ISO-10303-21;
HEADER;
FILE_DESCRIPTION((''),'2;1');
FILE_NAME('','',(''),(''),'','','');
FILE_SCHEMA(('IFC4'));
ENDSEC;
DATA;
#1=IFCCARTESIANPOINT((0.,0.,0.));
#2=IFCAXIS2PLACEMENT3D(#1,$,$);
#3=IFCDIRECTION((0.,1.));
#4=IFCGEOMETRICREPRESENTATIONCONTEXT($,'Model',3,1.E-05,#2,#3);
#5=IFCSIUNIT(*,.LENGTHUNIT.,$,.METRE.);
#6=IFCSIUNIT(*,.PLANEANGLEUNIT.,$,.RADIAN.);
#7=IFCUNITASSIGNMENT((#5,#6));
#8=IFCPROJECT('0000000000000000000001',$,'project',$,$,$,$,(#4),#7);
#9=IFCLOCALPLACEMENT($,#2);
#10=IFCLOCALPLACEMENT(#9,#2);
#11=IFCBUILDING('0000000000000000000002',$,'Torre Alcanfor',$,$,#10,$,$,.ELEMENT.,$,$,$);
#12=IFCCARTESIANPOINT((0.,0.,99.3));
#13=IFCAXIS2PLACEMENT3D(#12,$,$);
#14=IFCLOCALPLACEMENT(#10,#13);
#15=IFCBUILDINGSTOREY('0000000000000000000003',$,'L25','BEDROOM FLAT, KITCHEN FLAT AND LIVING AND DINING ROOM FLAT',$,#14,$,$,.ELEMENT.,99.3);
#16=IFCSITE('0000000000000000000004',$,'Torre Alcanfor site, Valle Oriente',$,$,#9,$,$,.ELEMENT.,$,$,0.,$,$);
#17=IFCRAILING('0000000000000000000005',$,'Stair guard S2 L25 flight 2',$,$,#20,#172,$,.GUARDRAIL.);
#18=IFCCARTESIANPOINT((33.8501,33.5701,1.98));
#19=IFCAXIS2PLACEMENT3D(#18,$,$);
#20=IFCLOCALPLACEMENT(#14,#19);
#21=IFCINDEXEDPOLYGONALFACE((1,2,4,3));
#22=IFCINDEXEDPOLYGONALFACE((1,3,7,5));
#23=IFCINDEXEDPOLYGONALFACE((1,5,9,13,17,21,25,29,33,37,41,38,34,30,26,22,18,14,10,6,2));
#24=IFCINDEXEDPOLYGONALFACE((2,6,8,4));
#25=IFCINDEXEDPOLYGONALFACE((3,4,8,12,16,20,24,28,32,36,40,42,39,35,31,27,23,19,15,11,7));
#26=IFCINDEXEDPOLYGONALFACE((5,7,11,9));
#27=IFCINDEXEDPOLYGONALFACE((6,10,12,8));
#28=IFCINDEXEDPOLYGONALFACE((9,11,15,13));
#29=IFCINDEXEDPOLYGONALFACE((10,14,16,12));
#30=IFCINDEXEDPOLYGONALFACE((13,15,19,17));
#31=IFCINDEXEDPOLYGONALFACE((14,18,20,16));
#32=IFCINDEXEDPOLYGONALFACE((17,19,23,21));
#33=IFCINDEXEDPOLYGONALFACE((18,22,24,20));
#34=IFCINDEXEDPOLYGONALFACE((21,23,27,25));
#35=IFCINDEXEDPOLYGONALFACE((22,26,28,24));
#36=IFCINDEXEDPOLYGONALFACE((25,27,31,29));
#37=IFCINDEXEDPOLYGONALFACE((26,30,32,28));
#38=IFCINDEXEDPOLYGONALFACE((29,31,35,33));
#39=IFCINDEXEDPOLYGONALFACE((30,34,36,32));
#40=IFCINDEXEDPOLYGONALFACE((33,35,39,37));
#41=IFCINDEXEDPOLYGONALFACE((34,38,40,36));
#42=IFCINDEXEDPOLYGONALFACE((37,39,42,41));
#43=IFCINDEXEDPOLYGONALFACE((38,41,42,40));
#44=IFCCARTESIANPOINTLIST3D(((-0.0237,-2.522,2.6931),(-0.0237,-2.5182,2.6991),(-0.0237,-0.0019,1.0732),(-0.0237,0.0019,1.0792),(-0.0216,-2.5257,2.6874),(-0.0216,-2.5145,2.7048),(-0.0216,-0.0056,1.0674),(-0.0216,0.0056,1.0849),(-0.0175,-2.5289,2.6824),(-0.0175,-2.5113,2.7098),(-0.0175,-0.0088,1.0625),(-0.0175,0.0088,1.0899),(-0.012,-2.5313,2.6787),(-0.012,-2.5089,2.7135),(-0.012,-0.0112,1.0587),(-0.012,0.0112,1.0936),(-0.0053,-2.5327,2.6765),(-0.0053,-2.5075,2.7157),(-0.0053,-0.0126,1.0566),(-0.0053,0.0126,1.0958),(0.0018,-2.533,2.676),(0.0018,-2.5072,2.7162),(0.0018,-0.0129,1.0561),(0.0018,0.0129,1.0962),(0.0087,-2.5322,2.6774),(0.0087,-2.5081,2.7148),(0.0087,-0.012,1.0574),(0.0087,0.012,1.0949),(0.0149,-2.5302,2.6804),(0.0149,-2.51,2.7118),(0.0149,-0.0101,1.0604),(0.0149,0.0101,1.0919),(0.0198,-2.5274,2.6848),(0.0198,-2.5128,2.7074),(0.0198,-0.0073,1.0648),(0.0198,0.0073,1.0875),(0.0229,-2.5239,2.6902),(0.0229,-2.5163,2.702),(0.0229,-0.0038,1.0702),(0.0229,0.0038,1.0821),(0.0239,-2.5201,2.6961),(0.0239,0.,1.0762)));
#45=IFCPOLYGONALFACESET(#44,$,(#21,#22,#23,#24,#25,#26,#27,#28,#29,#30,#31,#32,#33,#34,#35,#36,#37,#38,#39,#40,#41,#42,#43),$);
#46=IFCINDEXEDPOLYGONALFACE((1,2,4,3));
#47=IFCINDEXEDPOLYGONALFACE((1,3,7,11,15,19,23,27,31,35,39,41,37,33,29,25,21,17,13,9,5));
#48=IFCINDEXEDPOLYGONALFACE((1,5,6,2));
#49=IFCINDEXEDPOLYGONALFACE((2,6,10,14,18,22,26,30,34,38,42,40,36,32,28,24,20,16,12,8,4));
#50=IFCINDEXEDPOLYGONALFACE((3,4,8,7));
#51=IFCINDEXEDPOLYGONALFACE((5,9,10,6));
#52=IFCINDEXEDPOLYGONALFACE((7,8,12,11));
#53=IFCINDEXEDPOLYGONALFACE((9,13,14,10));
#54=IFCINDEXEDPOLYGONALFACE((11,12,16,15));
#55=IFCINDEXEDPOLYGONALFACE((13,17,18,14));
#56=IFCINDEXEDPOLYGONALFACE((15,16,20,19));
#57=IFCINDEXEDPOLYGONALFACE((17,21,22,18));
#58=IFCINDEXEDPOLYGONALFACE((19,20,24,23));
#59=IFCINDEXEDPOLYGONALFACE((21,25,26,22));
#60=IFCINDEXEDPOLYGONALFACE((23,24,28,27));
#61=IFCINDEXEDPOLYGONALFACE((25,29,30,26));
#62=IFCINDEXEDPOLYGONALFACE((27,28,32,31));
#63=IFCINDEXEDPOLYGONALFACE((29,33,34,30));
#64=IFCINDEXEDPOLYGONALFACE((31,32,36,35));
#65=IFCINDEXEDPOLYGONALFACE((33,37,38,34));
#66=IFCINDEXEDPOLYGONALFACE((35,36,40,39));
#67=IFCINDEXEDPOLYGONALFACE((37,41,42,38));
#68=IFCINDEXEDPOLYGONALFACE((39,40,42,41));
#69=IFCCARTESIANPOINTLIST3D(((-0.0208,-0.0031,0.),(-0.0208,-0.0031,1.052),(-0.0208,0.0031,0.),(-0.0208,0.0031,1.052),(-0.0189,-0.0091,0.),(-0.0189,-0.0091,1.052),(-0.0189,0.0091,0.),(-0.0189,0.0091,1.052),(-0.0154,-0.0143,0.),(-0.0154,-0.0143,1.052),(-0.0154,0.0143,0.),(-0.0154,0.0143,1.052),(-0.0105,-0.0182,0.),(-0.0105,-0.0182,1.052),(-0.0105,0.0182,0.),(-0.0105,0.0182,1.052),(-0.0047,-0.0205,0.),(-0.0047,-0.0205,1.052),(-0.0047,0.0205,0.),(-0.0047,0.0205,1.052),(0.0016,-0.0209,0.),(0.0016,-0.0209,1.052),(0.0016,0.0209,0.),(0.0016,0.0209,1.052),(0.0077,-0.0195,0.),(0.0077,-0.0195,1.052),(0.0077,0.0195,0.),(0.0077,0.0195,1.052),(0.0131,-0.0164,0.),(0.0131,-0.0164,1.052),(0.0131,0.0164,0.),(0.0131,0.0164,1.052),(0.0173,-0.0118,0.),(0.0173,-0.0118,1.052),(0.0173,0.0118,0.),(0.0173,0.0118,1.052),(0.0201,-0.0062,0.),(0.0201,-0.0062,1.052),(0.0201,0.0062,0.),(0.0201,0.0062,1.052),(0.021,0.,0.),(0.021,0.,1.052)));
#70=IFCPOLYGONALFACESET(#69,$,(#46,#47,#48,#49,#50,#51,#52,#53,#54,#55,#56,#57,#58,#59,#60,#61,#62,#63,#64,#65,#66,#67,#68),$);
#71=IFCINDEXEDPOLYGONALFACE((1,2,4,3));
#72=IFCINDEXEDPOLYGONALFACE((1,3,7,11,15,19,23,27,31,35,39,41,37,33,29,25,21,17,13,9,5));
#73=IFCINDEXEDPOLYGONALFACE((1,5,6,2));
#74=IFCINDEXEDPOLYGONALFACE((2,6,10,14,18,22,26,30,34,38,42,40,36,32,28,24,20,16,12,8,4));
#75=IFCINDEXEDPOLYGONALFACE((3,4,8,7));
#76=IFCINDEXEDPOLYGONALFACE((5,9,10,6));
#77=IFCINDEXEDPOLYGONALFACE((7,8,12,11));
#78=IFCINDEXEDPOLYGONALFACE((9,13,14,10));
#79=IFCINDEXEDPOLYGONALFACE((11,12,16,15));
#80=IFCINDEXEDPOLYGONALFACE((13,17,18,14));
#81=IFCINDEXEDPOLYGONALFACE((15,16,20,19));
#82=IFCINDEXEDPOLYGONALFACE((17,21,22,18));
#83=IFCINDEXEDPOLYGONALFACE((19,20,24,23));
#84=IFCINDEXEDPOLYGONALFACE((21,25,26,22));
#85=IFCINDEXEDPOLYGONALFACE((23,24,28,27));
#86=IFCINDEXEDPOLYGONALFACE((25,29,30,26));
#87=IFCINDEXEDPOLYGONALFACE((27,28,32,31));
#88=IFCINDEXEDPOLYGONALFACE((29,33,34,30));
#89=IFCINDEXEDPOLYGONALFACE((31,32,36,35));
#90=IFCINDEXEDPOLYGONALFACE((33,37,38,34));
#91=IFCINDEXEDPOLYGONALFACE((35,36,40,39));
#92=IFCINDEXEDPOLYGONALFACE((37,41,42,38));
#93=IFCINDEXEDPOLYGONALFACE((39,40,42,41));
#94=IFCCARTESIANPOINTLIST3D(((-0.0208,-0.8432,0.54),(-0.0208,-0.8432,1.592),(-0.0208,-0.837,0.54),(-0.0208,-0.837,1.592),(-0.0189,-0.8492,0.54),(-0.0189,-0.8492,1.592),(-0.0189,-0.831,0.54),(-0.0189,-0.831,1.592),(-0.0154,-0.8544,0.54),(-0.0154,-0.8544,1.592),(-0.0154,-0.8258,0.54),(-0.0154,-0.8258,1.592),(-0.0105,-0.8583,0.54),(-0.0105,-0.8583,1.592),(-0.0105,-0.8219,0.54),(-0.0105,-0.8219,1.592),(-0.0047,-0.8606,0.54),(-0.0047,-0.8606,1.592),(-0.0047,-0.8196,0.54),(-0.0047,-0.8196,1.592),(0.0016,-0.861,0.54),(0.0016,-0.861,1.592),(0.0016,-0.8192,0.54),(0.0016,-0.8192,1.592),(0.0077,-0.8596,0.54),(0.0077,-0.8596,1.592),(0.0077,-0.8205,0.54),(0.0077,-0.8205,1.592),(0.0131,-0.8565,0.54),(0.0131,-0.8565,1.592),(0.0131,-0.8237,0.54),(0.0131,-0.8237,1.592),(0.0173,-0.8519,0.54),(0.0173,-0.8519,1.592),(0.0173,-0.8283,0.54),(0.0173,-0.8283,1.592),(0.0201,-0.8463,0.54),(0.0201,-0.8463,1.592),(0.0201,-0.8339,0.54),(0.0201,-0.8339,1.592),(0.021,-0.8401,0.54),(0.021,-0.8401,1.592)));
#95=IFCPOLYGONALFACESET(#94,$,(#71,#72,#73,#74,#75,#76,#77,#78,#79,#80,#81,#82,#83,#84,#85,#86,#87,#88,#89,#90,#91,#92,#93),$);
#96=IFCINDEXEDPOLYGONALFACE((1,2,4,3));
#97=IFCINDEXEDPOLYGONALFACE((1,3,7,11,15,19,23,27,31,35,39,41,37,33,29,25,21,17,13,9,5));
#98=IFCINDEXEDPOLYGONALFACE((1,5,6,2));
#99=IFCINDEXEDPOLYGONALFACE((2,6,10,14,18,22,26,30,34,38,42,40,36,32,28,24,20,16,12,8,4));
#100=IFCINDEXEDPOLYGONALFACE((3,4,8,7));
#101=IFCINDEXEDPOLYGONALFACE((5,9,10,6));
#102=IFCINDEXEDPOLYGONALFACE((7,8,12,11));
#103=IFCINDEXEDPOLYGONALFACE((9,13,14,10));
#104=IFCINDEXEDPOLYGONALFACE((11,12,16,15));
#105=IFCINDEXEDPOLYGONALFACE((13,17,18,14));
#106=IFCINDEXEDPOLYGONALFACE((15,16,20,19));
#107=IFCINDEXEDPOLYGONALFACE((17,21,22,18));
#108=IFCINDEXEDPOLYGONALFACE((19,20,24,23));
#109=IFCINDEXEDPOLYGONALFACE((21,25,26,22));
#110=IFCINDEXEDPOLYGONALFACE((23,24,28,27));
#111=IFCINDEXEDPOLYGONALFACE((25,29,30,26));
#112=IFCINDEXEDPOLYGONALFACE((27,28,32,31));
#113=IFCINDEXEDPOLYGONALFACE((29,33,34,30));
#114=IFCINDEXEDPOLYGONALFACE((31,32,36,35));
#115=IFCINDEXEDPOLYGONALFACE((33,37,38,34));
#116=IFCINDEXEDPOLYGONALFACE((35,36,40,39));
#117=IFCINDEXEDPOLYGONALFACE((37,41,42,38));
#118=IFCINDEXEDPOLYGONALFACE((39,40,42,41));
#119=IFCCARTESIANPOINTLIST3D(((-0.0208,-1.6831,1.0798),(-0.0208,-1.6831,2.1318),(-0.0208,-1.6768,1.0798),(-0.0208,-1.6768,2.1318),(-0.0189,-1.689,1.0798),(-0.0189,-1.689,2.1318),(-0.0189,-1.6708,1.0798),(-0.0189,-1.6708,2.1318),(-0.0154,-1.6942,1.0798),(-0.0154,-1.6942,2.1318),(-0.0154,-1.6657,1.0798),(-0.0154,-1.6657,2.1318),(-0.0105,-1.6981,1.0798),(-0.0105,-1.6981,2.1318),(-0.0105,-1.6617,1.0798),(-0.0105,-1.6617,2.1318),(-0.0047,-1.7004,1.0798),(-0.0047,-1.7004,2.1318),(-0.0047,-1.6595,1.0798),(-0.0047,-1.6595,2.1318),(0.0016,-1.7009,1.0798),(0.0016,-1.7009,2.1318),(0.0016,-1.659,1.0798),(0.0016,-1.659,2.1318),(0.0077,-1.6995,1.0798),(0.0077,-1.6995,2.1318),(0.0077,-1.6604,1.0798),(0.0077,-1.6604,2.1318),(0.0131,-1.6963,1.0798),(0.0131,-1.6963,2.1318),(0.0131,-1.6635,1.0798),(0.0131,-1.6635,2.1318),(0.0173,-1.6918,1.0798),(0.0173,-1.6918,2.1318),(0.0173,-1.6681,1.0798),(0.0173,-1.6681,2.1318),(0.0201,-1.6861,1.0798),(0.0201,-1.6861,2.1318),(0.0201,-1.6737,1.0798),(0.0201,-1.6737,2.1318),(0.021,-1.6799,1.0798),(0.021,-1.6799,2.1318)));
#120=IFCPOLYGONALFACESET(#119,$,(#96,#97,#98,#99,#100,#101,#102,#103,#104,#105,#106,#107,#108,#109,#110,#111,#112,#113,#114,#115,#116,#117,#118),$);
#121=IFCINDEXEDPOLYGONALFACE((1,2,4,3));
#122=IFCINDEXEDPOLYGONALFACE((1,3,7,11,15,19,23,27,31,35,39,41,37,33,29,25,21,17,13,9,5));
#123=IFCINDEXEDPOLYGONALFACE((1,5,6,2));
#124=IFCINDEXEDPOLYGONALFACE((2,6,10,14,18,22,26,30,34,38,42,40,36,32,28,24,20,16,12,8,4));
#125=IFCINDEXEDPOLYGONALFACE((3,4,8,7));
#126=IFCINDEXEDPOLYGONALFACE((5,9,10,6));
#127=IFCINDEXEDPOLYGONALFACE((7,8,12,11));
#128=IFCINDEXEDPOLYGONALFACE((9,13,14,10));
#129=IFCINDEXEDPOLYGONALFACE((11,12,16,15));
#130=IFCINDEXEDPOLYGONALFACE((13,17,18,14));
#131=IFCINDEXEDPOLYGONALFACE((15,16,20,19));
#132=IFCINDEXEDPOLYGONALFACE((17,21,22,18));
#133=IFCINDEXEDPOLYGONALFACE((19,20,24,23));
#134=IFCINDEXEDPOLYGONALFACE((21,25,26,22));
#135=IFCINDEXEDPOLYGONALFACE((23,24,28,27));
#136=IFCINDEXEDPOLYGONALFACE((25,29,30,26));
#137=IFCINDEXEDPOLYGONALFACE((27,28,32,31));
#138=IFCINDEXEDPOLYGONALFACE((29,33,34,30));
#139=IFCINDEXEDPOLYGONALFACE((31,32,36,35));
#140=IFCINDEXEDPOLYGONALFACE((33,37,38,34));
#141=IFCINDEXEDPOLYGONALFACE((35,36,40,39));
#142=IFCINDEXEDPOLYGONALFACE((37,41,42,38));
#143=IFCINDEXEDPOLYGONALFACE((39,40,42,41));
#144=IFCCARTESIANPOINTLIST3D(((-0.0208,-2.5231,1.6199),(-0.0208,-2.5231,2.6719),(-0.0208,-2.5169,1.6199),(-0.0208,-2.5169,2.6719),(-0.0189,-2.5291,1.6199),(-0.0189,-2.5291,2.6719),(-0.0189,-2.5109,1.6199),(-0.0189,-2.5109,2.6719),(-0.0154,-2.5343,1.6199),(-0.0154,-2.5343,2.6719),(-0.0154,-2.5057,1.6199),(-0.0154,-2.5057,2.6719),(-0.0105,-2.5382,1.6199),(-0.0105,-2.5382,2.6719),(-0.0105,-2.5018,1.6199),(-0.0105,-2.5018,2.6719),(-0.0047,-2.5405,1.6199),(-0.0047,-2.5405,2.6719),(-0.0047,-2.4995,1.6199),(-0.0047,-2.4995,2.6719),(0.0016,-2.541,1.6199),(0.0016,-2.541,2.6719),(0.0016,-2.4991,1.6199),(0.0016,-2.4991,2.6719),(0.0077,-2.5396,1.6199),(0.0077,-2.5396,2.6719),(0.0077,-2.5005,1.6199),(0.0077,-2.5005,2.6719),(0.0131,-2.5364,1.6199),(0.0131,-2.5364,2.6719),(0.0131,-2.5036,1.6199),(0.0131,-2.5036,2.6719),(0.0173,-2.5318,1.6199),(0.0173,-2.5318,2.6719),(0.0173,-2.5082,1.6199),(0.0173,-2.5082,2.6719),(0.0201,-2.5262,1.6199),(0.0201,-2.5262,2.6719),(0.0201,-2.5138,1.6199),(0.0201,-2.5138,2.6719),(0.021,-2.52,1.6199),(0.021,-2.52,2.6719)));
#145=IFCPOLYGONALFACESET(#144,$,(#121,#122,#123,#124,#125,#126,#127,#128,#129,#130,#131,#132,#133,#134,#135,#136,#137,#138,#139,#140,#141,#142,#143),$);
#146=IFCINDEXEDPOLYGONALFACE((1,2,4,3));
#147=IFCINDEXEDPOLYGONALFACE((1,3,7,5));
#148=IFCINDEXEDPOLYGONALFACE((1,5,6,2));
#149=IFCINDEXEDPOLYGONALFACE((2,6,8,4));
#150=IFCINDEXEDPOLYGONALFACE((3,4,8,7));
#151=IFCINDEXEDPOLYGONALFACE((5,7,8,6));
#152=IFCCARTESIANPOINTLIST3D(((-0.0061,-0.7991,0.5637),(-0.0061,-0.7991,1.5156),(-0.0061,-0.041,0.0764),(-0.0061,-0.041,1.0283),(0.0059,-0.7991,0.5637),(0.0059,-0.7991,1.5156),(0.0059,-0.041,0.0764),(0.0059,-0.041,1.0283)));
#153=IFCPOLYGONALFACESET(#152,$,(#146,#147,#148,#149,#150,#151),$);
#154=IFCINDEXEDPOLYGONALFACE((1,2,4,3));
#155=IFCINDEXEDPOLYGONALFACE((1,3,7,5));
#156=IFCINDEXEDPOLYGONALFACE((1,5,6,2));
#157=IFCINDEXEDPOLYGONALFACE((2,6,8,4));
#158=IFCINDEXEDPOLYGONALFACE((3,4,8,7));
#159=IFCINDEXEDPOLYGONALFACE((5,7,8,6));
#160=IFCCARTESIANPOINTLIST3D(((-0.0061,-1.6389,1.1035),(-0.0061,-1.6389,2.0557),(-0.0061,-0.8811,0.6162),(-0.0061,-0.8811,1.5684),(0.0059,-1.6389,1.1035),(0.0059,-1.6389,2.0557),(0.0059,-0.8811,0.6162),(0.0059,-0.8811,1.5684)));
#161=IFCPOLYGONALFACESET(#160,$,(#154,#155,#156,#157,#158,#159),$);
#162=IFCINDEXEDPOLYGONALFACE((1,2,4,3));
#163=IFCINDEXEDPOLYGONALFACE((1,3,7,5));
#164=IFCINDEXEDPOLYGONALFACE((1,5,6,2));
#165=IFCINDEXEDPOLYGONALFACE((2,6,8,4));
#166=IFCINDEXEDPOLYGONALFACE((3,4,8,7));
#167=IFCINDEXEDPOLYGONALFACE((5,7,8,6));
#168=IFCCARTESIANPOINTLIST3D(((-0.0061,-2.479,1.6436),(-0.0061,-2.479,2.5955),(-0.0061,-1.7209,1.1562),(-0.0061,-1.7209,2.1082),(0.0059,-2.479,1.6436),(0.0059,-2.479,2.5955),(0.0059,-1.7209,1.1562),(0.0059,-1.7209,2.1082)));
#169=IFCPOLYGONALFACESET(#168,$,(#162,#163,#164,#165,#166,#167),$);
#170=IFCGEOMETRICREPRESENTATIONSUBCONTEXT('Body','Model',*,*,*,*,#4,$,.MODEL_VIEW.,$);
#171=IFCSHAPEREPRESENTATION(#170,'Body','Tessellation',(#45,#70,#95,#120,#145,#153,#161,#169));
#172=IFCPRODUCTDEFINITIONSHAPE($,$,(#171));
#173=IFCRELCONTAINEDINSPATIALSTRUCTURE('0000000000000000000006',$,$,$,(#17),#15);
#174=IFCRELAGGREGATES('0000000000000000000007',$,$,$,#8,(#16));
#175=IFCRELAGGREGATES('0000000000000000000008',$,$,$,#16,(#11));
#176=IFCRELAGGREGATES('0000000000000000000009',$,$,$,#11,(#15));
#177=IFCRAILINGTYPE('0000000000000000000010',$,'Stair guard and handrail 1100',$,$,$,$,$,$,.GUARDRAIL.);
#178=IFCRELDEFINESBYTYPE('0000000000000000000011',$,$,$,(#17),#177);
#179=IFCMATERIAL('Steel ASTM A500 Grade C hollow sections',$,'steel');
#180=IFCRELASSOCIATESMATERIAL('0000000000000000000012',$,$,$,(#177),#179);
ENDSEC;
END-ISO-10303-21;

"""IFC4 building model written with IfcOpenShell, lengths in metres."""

from ifc_helpers import new_model, si_unit, direction, frame, origin, origin_2d, place, context, subcontext, project, spatial, polyline, circle, outline, extrude, material, type_object, element, save


model = new_model("IFC4")

# Units and contexts
model_context = context("Model", 3, precision=1e-05, world=origin(), true_north=direction((0.0, 1.0)))
body_context = subcontext(model_context, "Body", "Model", "MODEL_VIEW")
ifc_project = project(units=[si_unit("LENGTHUNIT", "METRE"), si_unit("PLANEANGLEUNIT", "RADIAN")], contexts=[model_context])

# Site, building, storey
site_placement = place(None, origin())
site = spatial("IfcSite", under=ifc_project, at=site_placement, Name="Torre Alcanfor site, Valle Oriente", CompositionType="ELEMENT", RefElevation=0.0)
building_placement = place(site_placement, origin())
building = spatial("IfcBuilding", under=site, at=building_placement, Name="Torre Alcanfor", CompositionType="ELEMENT")
storey_placement = place(building_placement, frame((0.0, 0.0, 99.3)))
storey = spatial("IfcBuildingStorey", under=building, at=storey_placement, Name="L25", Description="BEDROOM FLAT, KITCHEN FLAT AND LIVING AND DINING ROOM FLAT", CompositionType="ELEMENT", Elevation=99.3)

# Railing
ifc_material_1 = material(Name="Steel ASTM A500 Grade C hollow sections", Category="steel")
railing_type_1 = type_object("IfcRailingType", Name="Stair guard and handrail 1100", PredefinedType="GUARDRAIL", material=ifc_material_1)
railing_1_placement = place(storey_placement, frame((33.8501, 33.5701, 1.98)))
element("IfcRailing", 1, at=railing_1_placement, inside=storey, type_object=railing_type_1, Name="Stair guard S2 L25 flight 2", PredefinedType="GUARDRAIL", context=body_context, shape_type="SweptSolid", body=[
    extrude(circle(Radius=0.0239, at=origin_2d()), frame((0.0, 0.0, 1.0762), z_axis=(0.0, -0.8412, 0.540725), x_axis=(1.0, 0.0, 0.0)), (0.0, 0.0, 1.0), 2.9958),
    extrude(circle(Radius=0.021, at=origin_2d()), origin(), (0.0, 0.0, 1.0), 1.052),
    extrude(circle(Radius=0.021, at=origin_2d()), frame((0.0, -0.8401, 0.54)), (0.0, 0.0, 1.0), 1.052),
    extrude(circle(Radius=0.021, at=origin_2d()), frame((0.0, -1.6799, 1.0798)), (0.0, 0.0, 1.0), 1.052),
    extrude(circle(Radius=0.021, at=origin_2d()), frame((0.0, -2.52, 1.6199)), (0.0, 0.0, 1.0), 1.052),
    extrude(outline(polyline([(0.041, 0.0764), (0.7991, 0.5637), (0.7991, 1.5156), (0.041, 1.0283), (0.041, 0.0764)])), frame((0.0059, 0.0, 0.0), z_axis=(-1.0, 0.0, 0.0), x_axis=(0.0, -1.0, 0.0)), (0.0, 0.0, 1.0), 0.012),
    extrude(outline(polyline([(0.8811, 0.6162), (1.6389, 1.1035), (1.6389, 2.0557), (0.8811, 1.5684), (0.8811, 0.6162)])), frame((0.0059, 0.0, 0.0), z_axis=(-1.0, 0.0, 0.0), x_axis=(0.0, -1.0, 0.0)), (0.0, 0.0, 1.0), 0.012),
    extrude(outline(polyline([(1.7209, 1.1562), (2.479, 1.6436), (2.479, 2.5955), (1.7209, 2.1082), (1.7209, 1.1562)])), frame((0.0059, 0.0, 0.0), z_axis=(-1.0, 0.0, 0.0), x_axis=(0.0, -1.0, 0.0)), (0.0, 0.0, 1.0), 0.012),
])

save(model, "model.ifc")
